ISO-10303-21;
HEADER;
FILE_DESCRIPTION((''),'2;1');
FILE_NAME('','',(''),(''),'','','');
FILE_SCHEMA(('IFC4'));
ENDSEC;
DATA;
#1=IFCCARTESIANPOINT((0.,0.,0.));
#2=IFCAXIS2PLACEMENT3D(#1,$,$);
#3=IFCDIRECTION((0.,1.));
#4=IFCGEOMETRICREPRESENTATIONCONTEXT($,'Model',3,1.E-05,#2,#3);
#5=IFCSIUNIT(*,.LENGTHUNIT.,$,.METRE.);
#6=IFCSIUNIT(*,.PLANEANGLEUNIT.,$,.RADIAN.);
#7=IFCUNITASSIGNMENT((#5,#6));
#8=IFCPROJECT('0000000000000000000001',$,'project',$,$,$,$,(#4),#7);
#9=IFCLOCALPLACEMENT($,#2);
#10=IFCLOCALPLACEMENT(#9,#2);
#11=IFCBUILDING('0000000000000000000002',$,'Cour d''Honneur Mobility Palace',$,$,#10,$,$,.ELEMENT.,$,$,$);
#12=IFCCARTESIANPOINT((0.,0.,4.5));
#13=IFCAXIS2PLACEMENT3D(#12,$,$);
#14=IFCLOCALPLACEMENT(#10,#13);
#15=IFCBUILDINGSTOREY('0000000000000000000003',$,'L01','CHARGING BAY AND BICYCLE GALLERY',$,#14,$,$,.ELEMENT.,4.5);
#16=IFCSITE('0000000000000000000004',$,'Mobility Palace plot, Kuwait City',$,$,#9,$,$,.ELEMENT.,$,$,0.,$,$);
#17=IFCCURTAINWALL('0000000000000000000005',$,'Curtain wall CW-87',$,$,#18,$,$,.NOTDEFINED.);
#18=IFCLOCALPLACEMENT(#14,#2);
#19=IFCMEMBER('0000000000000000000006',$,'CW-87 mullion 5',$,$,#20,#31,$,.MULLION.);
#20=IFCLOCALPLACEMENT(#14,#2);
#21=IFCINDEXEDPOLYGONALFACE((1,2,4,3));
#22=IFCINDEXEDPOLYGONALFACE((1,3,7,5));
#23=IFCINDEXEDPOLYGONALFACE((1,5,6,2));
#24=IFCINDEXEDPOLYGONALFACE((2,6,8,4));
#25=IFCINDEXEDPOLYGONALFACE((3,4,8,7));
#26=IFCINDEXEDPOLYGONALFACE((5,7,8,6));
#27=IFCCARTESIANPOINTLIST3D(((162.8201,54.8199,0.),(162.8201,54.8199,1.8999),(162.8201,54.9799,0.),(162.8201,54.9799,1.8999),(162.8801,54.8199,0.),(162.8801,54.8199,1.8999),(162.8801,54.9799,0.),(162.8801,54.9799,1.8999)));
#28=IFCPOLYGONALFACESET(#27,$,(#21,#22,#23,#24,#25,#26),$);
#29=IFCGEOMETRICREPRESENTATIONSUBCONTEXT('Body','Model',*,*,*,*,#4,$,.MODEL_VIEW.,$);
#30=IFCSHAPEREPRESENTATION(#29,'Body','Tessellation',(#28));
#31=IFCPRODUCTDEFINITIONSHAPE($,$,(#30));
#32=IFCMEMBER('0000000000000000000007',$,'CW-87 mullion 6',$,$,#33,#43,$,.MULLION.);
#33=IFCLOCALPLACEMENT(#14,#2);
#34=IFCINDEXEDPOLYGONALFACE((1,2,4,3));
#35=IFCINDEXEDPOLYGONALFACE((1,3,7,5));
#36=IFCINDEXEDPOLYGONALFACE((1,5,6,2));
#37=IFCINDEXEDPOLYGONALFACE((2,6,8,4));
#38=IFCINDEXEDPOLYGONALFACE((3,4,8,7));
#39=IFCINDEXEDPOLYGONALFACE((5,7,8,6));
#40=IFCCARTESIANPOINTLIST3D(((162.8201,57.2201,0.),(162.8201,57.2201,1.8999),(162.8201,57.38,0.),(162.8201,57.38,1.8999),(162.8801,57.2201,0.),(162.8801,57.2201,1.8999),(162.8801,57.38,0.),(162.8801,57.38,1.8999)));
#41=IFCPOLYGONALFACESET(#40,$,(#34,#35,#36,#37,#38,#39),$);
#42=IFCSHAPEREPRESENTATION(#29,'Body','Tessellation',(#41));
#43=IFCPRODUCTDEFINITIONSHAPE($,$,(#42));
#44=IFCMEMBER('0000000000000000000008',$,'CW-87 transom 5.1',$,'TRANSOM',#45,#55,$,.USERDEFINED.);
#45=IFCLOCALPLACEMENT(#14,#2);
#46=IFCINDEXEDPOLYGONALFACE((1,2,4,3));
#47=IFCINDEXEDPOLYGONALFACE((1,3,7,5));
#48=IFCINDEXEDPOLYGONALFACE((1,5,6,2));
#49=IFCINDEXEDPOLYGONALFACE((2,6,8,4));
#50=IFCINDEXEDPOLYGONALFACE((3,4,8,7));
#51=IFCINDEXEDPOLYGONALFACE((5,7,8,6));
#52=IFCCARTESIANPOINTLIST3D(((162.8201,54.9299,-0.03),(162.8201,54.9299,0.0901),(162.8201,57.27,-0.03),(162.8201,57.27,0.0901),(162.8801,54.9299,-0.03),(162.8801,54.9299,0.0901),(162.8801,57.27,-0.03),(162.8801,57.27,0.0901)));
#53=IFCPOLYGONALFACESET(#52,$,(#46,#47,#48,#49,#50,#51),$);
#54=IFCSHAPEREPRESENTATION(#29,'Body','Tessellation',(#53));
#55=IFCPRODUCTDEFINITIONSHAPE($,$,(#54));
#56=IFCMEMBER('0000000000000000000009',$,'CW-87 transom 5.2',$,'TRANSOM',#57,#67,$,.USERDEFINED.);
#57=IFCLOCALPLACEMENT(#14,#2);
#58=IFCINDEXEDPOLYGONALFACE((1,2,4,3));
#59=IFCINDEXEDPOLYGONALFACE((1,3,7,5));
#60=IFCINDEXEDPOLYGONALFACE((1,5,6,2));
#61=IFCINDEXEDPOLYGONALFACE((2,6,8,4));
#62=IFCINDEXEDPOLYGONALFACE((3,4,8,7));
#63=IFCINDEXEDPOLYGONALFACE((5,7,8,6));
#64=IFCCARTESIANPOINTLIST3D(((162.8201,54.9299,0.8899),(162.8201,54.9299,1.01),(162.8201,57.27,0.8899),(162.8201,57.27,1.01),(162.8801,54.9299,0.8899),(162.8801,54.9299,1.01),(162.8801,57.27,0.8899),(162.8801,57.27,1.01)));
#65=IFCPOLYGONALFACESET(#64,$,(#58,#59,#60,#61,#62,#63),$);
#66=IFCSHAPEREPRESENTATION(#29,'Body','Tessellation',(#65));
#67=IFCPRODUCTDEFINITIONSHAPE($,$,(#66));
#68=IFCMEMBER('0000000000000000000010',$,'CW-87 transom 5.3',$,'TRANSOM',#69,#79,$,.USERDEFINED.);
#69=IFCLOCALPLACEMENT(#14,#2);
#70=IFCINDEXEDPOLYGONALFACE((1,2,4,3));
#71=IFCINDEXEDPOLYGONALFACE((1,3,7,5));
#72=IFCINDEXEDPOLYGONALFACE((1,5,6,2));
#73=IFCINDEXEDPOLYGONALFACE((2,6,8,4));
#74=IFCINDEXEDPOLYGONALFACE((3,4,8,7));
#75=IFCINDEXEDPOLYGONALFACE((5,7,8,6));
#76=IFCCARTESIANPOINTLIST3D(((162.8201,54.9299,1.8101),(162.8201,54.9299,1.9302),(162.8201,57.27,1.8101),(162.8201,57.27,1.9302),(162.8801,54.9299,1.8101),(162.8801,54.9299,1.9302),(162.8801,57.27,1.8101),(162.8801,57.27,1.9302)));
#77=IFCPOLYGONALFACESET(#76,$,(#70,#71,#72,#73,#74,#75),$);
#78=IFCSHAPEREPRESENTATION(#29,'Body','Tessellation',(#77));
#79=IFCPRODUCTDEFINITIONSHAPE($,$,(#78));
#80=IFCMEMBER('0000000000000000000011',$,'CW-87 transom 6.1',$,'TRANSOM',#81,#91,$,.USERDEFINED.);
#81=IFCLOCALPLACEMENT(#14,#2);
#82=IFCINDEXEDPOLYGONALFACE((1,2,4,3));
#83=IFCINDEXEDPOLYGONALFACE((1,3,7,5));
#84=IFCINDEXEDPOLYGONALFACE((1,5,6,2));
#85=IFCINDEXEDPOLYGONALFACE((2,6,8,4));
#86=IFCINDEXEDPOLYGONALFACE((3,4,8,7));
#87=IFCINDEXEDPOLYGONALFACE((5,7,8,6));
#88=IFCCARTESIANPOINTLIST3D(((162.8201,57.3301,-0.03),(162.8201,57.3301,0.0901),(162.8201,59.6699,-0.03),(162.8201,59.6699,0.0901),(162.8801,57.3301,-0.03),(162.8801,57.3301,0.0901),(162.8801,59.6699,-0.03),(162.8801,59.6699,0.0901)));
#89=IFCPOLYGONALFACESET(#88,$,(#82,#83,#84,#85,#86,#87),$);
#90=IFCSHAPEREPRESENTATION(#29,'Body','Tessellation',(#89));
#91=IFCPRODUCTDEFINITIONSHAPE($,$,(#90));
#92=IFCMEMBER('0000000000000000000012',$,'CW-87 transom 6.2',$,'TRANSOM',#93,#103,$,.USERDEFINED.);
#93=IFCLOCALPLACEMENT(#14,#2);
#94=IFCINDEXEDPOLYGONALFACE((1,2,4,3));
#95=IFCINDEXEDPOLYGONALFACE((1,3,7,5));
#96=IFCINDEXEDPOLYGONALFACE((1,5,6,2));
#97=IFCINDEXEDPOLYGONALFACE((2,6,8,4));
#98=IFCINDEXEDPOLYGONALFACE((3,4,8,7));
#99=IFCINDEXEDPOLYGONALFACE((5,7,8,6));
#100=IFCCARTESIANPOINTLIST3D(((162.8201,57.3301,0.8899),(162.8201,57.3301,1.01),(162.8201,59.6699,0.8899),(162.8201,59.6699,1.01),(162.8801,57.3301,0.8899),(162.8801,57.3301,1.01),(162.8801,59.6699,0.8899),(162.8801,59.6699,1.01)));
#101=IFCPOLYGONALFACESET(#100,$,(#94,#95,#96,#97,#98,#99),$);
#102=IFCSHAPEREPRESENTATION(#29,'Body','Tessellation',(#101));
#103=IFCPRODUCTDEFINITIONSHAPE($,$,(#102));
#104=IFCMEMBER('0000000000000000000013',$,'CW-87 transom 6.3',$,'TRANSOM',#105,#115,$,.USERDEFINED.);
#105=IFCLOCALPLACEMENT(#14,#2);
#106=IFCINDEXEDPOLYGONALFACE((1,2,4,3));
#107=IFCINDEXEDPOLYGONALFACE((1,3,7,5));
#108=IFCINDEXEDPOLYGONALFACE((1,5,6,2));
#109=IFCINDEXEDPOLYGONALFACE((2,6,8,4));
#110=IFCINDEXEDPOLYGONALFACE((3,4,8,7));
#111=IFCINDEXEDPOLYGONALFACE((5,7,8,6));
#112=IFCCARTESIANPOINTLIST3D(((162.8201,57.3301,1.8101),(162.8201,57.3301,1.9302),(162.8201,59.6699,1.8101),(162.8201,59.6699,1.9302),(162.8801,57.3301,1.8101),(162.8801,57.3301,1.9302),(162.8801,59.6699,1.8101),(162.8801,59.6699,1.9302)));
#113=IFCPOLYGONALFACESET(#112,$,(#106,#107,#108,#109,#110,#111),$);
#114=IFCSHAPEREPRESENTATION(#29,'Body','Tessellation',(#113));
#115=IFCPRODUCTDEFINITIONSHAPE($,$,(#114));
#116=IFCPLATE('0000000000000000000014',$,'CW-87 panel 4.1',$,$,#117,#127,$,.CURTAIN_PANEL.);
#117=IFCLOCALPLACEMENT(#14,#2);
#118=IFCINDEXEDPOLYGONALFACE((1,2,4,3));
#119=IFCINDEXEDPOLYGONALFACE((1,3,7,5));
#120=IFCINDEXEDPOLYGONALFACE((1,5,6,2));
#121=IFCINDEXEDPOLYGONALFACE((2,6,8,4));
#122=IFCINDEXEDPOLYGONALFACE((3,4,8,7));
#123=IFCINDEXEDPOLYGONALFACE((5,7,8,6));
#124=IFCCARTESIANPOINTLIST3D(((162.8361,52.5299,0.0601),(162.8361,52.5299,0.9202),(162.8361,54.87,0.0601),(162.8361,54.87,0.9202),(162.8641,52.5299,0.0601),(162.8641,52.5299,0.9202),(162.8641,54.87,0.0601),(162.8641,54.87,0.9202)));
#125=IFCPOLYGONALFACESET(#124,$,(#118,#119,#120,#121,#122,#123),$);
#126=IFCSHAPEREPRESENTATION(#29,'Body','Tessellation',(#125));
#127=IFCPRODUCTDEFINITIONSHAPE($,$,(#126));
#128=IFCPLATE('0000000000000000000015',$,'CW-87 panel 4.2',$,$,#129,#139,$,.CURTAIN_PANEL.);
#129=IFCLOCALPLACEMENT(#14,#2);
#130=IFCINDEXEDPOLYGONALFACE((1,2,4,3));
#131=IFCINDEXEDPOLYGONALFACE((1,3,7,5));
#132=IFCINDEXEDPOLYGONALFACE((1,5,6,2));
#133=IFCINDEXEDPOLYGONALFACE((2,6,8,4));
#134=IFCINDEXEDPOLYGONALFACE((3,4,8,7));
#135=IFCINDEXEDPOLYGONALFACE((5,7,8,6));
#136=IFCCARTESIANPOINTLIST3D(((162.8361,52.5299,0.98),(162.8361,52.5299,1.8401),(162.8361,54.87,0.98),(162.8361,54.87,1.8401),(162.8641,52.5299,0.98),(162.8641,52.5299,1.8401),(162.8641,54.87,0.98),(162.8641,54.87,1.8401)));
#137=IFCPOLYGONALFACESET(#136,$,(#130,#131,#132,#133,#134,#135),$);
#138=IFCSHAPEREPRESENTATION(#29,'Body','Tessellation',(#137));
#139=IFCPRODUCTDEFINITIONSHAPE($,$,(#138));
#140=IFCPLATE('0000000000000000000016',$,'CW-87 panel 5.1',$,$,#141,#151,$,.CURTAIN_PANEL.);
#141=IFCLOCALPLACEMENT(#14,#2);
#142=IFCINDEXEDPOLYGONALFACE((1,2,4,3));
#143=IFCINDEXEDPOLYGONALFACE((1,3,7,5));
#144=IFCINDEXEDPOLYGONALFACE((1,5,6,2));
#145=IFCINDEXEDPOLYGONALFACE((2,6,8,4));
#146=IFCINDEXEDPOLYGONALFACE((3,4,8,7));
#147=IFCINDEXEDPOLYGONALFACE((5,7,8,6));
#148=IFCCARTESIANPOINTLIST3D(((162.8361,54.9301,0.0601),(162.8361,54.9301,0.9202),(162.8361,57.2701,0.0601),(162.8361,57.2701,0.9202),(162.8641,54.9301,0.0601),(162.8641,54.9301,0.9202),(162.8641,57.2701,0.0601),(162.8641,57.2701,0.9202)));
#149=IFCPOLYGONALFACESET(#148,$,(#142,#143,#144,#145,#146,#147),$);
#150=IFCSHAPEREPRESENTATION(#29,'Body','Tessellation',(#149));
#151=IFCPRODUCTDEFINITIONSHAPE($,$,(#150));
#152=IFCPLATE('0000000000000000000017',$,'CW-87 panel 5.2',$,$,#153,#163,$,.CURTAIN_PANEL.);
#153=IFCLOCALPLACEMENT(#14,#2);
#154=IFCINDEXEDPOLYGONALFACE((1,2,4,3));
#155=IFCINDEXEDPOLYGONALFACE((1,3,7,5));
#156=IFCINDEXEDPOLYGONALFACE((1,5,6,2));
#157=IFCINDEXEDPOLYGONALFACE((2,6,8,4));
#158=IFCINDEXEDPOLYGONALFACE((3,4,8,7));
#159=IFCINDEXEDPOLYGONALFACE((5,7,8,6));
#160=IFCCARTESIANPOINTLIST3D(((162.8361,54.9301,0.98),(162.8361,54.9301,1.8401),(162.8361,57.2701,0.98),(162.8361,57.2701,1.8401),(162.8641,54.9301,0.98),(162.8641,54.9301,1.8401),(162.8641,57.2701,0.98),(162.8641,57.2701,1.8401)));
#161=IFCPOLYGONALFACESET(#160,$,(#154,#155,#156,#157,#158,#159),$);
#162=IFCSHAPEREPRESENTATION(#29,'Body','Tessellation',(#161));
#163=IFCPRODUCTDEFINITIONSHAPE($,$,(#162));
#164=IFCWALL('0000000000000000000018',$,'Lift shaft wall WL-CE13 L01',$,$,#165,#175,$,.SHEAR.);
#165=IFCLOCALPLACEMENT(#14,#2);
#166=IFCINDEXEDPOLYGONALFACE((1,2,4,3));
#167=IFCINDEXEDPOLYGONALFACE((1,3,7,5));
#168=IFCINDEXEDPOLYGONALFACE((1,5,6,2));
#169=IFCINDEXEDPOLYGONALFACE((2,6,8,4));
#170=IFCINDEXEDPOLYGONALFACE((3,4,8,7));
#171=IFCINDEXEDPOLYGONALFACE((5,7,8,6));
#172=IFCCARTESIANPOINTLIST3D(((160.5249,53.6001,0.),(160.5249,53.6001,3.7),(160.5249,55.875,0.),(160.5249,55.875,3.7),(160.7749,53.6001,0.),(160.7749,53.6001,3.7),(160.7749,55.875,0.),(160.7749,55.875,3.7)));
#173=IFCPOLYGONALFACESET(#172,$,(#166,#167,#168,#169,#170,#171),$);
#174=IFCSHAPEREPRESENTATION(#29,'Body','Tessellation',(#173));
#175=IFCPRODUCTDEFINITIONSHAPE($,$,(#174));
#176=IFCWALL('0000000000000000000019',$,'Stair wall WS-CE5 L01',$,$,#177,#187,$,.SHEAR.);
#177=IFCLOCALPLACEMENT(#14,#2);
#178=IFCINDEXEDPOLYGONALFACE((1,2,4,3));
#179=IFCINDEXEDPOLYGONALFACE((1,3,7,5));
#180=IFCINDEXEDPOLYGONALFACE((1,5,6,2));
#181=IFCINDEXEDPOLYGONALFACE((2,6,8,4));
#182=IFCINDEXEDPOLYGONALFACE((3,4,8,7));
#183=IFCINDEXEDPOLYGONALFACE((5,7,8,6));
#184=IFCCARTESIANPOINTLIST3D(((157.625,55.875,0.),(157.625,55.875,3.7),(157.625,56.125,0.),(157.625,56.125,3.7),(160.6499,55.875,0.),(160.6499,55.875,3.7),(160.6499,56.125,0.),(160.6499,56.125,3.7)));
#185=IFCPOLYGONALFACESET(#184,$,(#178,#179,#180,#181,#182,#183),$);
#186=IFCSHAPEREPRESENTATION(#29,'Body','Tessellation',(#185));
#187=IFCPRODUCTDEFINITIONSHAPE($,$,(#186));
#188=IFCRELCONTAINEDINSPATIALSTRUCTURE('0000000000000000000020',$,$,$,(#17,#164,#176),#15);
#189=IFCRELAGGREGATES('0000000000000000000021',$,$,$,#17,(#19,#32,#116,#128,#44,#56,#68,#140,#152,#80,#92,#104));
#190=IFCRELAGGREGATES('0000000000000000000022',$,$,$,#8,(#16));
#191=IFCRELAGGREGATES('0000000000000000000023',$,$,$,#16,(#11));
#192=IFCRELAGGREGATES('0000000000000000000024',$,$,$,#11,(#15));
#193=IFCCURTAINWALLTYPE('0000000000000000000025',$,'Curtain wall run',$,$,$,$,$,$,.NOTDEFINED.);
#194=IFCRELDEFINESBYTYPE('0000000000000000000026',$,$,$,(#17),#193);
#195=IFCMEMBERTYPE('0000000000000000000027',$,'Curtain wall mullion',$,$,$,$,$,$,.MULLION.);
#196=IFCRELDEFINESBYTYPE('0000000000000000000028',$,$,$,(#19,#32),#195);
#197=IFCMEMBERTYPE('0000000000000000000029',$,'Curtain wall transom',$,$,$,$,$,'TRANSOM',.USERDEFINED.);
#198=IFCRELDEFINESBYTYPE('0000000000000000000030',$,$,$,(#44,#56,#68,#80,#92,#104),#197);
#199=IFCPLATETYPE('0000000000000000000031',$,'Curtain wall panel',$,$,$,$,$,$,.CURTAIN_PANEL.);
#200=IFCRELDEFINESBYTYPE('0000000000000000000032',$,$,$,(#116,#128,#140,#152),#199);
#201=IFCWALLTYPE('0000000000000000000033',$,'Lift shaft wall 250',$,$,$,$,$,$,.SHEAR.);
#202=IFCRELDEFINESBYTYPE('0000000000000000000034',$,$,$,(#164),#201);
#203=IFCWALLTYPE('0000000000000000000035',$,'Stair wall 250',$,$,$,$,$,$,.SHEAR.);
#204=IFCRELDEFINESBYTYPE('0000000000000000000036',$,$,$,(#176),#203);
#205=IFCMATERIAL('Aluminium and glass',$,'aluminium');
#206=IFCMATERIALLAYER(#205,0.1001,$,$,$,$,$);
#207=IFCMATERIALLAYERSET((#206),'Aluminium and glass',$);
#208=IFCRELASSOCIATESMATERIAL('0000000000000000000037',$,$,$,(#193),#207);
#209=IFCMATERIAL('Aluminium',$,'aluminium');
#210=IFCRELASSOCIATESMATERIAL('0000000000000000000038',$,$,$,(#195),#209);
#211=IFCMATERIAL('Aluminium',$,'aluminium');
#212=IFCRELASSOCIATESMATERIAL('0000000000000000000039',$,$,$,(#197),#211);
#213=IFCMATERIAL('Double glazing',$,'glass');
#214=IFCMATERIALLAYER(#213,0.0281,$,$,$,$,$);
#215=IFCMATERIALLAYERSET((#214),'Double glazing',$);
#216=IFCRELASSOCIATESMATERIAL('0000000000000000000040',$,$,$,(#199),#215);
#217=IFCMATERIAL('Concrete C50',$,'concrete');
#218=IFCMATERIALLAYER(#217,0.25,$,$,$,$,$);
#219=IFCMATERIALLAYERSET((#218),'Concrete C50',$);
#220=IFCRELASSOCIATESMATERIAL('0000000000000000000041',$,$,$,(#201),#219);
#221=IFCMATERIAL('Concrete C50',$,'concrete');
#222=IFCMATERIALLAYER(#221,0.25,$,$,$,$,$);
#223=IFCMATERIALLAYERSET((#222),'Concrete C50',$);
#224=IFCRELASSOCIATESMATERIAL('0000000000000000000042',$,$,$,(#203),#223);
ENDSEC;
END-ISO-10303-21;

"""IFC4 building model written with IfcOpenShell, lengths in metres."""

from ifc_helpers import new_model, si_unit, direction, frame, frame_2d, origin, origin_2d, place, context, subcontext, project, spatial, rectangle, extrude, material, layer, layer_set, material_profile, profile_set, type_object, element, aggregate, save


model = new_model("IFC4")

# Units and contexts
model_context = context("Model", 3, precision=1e-05, world=origin(), true_north=direction((0.0, 1.0)))
body_context = subcontext(model_context, "Body", "Model", "MODEL_VIEW")
ifc_project = project(units=[si_unit("LENGTHUNIT", "METRE"), si_unit("PLANEANGLEUNIT", "RADIAN")], contexts=[model_context])

# Site, building, storey
site_placement = place(None, origin())
site = spatial("IfcSite", under=ifc_project, at=site_placement, Name="Mobility Palace plot, Kuwait City", CompositionType="ELEMENT", RefElevation=0.0)
building_placement = place(site_placement, origin())
building = spatial("IfcBuilding", under=site, at=building_placement, Name="Cour d'Honneur Mobility Palace", CompositionType="ELEMENT")
storey_placement = place(building_placement, frame((0.0, 0.0, 4.5)))
storey = spatial("IfcBuildingStorey", under=building, at=storey_placement, Name="L01", Description="CHARGING BAY AND BICYCLE GALLERY", CompositionType="ELEMENT", Elevation=4.5)

# Curtain wall, members, plates
ifc_material_1 = material(Name="Aluminium and glass", Category="aluminium")
ifc_layer_1 = layer(ifc_material_1, 0.1001)
ifc_layer_set_1 = layer_set([ifc_layer_1], Name="Aluminium and glass")
curtain_wall_type = type_object("IfcCurtainWallType", Name="Curtain wall run", PredefinedType="NOTDEFINED", material=ifc_layer_set_1)
curtain_wall_placement = place(storey_placement, origin())
curtain_wall = element("IfcCurtainWall", 1, at=curtain_wall_placement, inside=storey, type_object=curtain_wall_type, Name="Curtain wall CW-87", PredefinedType="NOTDEFINED")
ifc_material_2 = material(Name="Aluminium", Category="aluminium")
ifc_material_profile_1 = material_profile(ifc_material_2, rectangle(XDim=0.0601, YDim=0.1599, at=origin_2d()), Name="Curtain wall mullion")
ifc_profile_set_1 = profile_set([ifc_material_profile_1], Name="Aluminium")
member_type_1 = type_object("IfcMemberType", Name="Curtain wall mullion", PredefinedType="MULLION", material=ifc_profile_set_1)
member_1_placement = place(storey_placement, frame((162.8501, 54.8999, 0.0), z_axis=(0.0, 0.0, 1.0), x_axis=(-1.0, 0.0, 0.0)))
member_1 = element("IfcMember", 2, at=member_1_placement, type_object=member_type_1, Name="CW-87 mullion 5", PredefinedType="MULLION", context=body_context, shape_type="SweptSolid", body=[
    extrude(rectangle(XDim=0.0601, YDim=0.1599, at=origin_2d()), origin(), (0.0, 0.0, 1.0), 1.8999),
])
member_2_placement = place(storey_placement, frame((162.8501, 57.3, 0.0), z_axis=(0.0, 0.0, 1.0), x_axis=(-1.0, 0.0, 0.0)))
member_2 = element("IfcMember", 3, at=member_2_placement, type_object=member_type_1, Name="CW-87 mullion 6", PredefinedType="MULLION", context=body_context, shape_type="SweptSolid", body=[
    extrude(rectangle(XDim=0.0601, YDim=0.1599, at=origin_2d()), origin(), (0.0, 0.0, 1.0), 1.8999),
])
ifc_material_3 = material(Name="Aluminium", Category="aluminium")
ifc_material_profile_2 = material_profile(ifc_material_3, rectangle(XDim=0.0601, YDim=0.1201, at=origin_2d()), Name="Curtain wall transom")
ifc_profile_set_2 = profile_set([ifc_material_profile_2], Name="Aluminium")
member_type_2 = type_object("IfcMemberType", Name="Curtain wall transom", ElementType="TRANSOM", PredefinedType="USERDEFINED", material=ifc_profile_set_2)
member_3_placement = place(storey_placement, frame((162.8501, 54.9299, 0.03), z_axis=(0.0, 1.0, 0.0), x_axis=(-1.0, 0.0, 0.0)))
member_3 = element("IfcMember", 4, at=member_3_placement, type_object=member_type_2, Name="CW-87 transom 5.1", ObjectType="TRANSOM", PredefinedType="USERDEFINED", context=body_context, shape_type="SweptSolid", body=[
    extrude(rectangle(XDim=0.0601, YDim=0.1201, at=origin_2d()), origin(), (0.0, 0.0, 1.0), 2.3401),
])
member_4_placement = place(storey_placement, frame((162.8501, 54.9299, 0.95), z_axis=(0.0, 1.0, 0.0), x_axis=(-1.0, 0.0, 0.0)))
member_4 = element("IfcMember", 5, at=member_4_placement, type_object=member_type_2, Name="CW-87 transom 5.2", ObjectType="TRANSOM", PredefinedType="USERDEFINED", context=body_context, shape_type="SweptSolid", body=[
    extrude(rectangle(XDim=0.0601, YDim=0.1201, at=origin_2d()), origin(), (0.0, 0.0, 1.0), 2.3401),
])
member_5_placement = place(storey_placement, frame((162.8501, 54.9299, 1.8701), z_axis=(0.0, 1.0, 0.0), x_axis=(-1.0, 0.0, 0.0)))
member_5 = element("IfcMember", 6, at=member_5_placement, type_object=member_type_2, Name="CW-87 transom 5.3", ObjectType="TRANSOM", PredefinedType="USERDEFINED", context=body_context, shape_type="SweptSolid", body=[
    extrude(rectangle(XDim=0.0601, YDim=0.1201, at=origin_2d()), origin(), (0.0, 0.0, 1.0), 2.3401),
])
member_6_placement = place(storey_placement, frame((162.8501, 57.3301, 0.03), z_axis=(0.0, 1.0, 0.0), x_axis=(-1.0, 0.0, 0.0)))
member_6 = element("IfcMember", 7, at=member_6_placement, type_object=member_type_2, Name="CW-87 transom 6.1", ObjectType="TRANSOM", PredefinedType="USERDEFINED", context=body_context, shape_type="SweptSolid", body=[
    extrude(rectangle(XDim=0.0601, YDim=0.1201, at=origin_2d()), origin(), (0.0, 0.0, 1.0), 2.3398),
])
member_7_placement = place(storey_placement, frame((162.8501, 57.3301, 0.95), z_axis=(0.0, 1.0, 0.0), x_axis=(-1.0, 0.0, 0.0)))
member_7 = element("IfcMember", 8, at=member_7_placement, type_object=member_type_2, Name="CW-87 transom 6.2", ObjectType="TRANSOM", PredefinedType="USERDEFINED", context=body_context, shape_type="SweptSolid", body=[
    extrude(rectangle(XDim=0.0601, YDim=0.1201, at=origin_2d()), origin(), (0.0, 0.0, 1.0), 2.3398),
])
member_8_placement = place(storey_placement, frame((162.8501, 57.3301, 1.8701), z_axis=(0.0, 1.0, 0.0), x_axis=(-1.0, 0.0, 0.0)))
member_8 = element("IfcMember", 9, at=member_8_placement, type_object=member_type_2, Name="CW-87 transom 6.3", ObjectType="TRANSOM", PredefinedType="USERDEFINED", context=body_context, shape_type="SweptSolid", body=[
    extrude(rectangle(XDim=0.0601, YDim=0.1201, at=origin_2d()), origin(), (0.0, 0.0, 1.0), 2.3398),
])
ifc_material_4 = material(Name="Double glazing", Category="glass")
ifc_layer_2 = layer(ifc_material_4, 0.0281)
ifc_layer_set_2 = layer_set([ifc_layer_2], Name="Double glazing")
plate_type = type_object("IfcPlateType", Name="Curtain wall panel", PredefinedType="CURTAIN_PANEL", material=ifc_layer_set_2)
plate_1_placement = place(storey_placement, frame((162.8501, 53.7, 0.0601), z_axis=(0.0, 0.0, 1.0), x_axis=(0.0, 1.0, 0.0)))
plate_1 = element("IfcPlate", 10, at=plate_1_placement, type_object=plate_type, Name="CW-87 panel 4.1", PredefinedType="CURTAIN_PANEL", context=body_context, shape_type="SweptSolid", body=[
    extrude(rectangle(XDim=2.3401, YDim=0.0281, at=origin_2d()), origin(), (0.0, 0.0, 1.0), 0.8601),
])
plate_2_placement = place(storey_placement, frame((162.8501, 53.7, 0.98), z_axis=(0.0, 0.0, 1.0), x_axis=(0.0, 1.0, 0.0)))
plate_2 = element("IfcPlate", 11, at=plate_2_placement, type_object=plate_type, Name="CW-87 panel 4.2", PredefinedType="CURTAIN_PANEL", context=body_context, shape_type="SweptSolid", body=[
    extrude(rectangle(XDim=2.3401, YDim=0.0281, at=origin_2d()), origin(), (0.0, 0.0, 1.0), 0.8601),
])
plate_3_placement = place(storey_placement, frame((162.8501, 56.1001, 0.0601), z_axis=(0.0, 0.0, 1.0), x_axis=(0.0, 1.0, 0.0)))
plate_3 = element("IfcPlate", 12, at=plate_3_placement, type_object=plate_type, Name="CW-87 panel 5.1", PredefinedType="CURTAIN_PANEL", context=body_context, shape_type="SweptSolid", body=[
    extrude(rectangle(XDim=2.3401, YDim=0.0281, at=origin_2d()), origin(), (0.0, 0.0, 1.0), 0.8601),
])
plate_4_placement = place(storey_placement, frame((162.8501, 56.1001, 0.98), z_axis=(0.0, 0.0, 1.0), x_axis=(0.0, 1.0, 0.0)))
plate_4 = element("IfcPlate", 13, at=plate_4_placement, type_object=plate_type, Name="CW-87 panel 5.2", PredefinedType="CURTAIN_PANEL", context=body_context, shape_type="SweptSolid", body=[
    extrude(rectangle(XDim=2.3401, YDim=0.0281, at=origin_2d()), origin(), (0.0, 0.0, 1.0), 0.8601),
])
aggregate(curtain_wall, [member_1, member_2, plate_1, plate_2, member_3, member_4, member_5, plate_3, plate_4, member_6, member_7, member_8])

# Walls
ifc_material_5 = material(Name="Concrete C50", Category="concrete")
ifc_layer_3 = layer(ifc_material_5, 0.25)
ifc_layer_set_3 = layer_set([ifc_layer_3], Name="Concrete C50")
wall_type_1 = type_object("IfcWallType", Name="Lift shaft wall 250", PredefinedType="SHEAR", material=ifc_layer_set_3)
wall_1_placement = place(storey_placement, frame((160.6499, 53.6001, 0.0), z_axis=(0.0, 0.0, 1.0), x_axis=(0.0, 1.0, 0.0)))
element("IfcWall", 14, at=wall_1_placement, inside=storey, type_object=wall_type_1, Name="Lift shaft wall WL-CE13 L01", PredefinedType="SHEAR", context=body_context, shape_type="SweptSolid", body=[
    extrude(rectangle(XDim=2.2749, YDim=0.25, at=frame_2d((1.1375, 0.0))), origin(), (0.0, 0.0, 1.0), 3.7),
])
ifc_material_6 = material(Name="Concrete C50", Category="concrete")
ifc_layer_4 = layer(ifc_material_6, 0.25)
ifc_layer_set_4 = layer_set([ifc_layer_4], Name="Concrete C50")
wall_type_2 = type_object("IfcWallType", Name="Stair wall 250", PredefinedType="SHEAR", material=ifc_layer_set_4)
wall_2_placement = place(storey_placement, frame((157.625, 56.0, 0.0), z_axis=(0.0, 0.0, 1.0), x_axis=(1.0, 0.0, 0.0)))
element("IfcWall", 15, at=wall_2_placement, inside=storey, type_object=wall_type_2, Name="Stair wall WS-CE5 L01", PredefinedType="SHEAR", context=body_context, shape_type="SweptSolid", body=[
    extrude(rectangle(XDim=3.0249, YDim=0.25, at=frame_2d((1.5125, 0.0))), origin(), (0.0, 0.0, 1.0), 3.7),
])

save(model, "model.ifc")
